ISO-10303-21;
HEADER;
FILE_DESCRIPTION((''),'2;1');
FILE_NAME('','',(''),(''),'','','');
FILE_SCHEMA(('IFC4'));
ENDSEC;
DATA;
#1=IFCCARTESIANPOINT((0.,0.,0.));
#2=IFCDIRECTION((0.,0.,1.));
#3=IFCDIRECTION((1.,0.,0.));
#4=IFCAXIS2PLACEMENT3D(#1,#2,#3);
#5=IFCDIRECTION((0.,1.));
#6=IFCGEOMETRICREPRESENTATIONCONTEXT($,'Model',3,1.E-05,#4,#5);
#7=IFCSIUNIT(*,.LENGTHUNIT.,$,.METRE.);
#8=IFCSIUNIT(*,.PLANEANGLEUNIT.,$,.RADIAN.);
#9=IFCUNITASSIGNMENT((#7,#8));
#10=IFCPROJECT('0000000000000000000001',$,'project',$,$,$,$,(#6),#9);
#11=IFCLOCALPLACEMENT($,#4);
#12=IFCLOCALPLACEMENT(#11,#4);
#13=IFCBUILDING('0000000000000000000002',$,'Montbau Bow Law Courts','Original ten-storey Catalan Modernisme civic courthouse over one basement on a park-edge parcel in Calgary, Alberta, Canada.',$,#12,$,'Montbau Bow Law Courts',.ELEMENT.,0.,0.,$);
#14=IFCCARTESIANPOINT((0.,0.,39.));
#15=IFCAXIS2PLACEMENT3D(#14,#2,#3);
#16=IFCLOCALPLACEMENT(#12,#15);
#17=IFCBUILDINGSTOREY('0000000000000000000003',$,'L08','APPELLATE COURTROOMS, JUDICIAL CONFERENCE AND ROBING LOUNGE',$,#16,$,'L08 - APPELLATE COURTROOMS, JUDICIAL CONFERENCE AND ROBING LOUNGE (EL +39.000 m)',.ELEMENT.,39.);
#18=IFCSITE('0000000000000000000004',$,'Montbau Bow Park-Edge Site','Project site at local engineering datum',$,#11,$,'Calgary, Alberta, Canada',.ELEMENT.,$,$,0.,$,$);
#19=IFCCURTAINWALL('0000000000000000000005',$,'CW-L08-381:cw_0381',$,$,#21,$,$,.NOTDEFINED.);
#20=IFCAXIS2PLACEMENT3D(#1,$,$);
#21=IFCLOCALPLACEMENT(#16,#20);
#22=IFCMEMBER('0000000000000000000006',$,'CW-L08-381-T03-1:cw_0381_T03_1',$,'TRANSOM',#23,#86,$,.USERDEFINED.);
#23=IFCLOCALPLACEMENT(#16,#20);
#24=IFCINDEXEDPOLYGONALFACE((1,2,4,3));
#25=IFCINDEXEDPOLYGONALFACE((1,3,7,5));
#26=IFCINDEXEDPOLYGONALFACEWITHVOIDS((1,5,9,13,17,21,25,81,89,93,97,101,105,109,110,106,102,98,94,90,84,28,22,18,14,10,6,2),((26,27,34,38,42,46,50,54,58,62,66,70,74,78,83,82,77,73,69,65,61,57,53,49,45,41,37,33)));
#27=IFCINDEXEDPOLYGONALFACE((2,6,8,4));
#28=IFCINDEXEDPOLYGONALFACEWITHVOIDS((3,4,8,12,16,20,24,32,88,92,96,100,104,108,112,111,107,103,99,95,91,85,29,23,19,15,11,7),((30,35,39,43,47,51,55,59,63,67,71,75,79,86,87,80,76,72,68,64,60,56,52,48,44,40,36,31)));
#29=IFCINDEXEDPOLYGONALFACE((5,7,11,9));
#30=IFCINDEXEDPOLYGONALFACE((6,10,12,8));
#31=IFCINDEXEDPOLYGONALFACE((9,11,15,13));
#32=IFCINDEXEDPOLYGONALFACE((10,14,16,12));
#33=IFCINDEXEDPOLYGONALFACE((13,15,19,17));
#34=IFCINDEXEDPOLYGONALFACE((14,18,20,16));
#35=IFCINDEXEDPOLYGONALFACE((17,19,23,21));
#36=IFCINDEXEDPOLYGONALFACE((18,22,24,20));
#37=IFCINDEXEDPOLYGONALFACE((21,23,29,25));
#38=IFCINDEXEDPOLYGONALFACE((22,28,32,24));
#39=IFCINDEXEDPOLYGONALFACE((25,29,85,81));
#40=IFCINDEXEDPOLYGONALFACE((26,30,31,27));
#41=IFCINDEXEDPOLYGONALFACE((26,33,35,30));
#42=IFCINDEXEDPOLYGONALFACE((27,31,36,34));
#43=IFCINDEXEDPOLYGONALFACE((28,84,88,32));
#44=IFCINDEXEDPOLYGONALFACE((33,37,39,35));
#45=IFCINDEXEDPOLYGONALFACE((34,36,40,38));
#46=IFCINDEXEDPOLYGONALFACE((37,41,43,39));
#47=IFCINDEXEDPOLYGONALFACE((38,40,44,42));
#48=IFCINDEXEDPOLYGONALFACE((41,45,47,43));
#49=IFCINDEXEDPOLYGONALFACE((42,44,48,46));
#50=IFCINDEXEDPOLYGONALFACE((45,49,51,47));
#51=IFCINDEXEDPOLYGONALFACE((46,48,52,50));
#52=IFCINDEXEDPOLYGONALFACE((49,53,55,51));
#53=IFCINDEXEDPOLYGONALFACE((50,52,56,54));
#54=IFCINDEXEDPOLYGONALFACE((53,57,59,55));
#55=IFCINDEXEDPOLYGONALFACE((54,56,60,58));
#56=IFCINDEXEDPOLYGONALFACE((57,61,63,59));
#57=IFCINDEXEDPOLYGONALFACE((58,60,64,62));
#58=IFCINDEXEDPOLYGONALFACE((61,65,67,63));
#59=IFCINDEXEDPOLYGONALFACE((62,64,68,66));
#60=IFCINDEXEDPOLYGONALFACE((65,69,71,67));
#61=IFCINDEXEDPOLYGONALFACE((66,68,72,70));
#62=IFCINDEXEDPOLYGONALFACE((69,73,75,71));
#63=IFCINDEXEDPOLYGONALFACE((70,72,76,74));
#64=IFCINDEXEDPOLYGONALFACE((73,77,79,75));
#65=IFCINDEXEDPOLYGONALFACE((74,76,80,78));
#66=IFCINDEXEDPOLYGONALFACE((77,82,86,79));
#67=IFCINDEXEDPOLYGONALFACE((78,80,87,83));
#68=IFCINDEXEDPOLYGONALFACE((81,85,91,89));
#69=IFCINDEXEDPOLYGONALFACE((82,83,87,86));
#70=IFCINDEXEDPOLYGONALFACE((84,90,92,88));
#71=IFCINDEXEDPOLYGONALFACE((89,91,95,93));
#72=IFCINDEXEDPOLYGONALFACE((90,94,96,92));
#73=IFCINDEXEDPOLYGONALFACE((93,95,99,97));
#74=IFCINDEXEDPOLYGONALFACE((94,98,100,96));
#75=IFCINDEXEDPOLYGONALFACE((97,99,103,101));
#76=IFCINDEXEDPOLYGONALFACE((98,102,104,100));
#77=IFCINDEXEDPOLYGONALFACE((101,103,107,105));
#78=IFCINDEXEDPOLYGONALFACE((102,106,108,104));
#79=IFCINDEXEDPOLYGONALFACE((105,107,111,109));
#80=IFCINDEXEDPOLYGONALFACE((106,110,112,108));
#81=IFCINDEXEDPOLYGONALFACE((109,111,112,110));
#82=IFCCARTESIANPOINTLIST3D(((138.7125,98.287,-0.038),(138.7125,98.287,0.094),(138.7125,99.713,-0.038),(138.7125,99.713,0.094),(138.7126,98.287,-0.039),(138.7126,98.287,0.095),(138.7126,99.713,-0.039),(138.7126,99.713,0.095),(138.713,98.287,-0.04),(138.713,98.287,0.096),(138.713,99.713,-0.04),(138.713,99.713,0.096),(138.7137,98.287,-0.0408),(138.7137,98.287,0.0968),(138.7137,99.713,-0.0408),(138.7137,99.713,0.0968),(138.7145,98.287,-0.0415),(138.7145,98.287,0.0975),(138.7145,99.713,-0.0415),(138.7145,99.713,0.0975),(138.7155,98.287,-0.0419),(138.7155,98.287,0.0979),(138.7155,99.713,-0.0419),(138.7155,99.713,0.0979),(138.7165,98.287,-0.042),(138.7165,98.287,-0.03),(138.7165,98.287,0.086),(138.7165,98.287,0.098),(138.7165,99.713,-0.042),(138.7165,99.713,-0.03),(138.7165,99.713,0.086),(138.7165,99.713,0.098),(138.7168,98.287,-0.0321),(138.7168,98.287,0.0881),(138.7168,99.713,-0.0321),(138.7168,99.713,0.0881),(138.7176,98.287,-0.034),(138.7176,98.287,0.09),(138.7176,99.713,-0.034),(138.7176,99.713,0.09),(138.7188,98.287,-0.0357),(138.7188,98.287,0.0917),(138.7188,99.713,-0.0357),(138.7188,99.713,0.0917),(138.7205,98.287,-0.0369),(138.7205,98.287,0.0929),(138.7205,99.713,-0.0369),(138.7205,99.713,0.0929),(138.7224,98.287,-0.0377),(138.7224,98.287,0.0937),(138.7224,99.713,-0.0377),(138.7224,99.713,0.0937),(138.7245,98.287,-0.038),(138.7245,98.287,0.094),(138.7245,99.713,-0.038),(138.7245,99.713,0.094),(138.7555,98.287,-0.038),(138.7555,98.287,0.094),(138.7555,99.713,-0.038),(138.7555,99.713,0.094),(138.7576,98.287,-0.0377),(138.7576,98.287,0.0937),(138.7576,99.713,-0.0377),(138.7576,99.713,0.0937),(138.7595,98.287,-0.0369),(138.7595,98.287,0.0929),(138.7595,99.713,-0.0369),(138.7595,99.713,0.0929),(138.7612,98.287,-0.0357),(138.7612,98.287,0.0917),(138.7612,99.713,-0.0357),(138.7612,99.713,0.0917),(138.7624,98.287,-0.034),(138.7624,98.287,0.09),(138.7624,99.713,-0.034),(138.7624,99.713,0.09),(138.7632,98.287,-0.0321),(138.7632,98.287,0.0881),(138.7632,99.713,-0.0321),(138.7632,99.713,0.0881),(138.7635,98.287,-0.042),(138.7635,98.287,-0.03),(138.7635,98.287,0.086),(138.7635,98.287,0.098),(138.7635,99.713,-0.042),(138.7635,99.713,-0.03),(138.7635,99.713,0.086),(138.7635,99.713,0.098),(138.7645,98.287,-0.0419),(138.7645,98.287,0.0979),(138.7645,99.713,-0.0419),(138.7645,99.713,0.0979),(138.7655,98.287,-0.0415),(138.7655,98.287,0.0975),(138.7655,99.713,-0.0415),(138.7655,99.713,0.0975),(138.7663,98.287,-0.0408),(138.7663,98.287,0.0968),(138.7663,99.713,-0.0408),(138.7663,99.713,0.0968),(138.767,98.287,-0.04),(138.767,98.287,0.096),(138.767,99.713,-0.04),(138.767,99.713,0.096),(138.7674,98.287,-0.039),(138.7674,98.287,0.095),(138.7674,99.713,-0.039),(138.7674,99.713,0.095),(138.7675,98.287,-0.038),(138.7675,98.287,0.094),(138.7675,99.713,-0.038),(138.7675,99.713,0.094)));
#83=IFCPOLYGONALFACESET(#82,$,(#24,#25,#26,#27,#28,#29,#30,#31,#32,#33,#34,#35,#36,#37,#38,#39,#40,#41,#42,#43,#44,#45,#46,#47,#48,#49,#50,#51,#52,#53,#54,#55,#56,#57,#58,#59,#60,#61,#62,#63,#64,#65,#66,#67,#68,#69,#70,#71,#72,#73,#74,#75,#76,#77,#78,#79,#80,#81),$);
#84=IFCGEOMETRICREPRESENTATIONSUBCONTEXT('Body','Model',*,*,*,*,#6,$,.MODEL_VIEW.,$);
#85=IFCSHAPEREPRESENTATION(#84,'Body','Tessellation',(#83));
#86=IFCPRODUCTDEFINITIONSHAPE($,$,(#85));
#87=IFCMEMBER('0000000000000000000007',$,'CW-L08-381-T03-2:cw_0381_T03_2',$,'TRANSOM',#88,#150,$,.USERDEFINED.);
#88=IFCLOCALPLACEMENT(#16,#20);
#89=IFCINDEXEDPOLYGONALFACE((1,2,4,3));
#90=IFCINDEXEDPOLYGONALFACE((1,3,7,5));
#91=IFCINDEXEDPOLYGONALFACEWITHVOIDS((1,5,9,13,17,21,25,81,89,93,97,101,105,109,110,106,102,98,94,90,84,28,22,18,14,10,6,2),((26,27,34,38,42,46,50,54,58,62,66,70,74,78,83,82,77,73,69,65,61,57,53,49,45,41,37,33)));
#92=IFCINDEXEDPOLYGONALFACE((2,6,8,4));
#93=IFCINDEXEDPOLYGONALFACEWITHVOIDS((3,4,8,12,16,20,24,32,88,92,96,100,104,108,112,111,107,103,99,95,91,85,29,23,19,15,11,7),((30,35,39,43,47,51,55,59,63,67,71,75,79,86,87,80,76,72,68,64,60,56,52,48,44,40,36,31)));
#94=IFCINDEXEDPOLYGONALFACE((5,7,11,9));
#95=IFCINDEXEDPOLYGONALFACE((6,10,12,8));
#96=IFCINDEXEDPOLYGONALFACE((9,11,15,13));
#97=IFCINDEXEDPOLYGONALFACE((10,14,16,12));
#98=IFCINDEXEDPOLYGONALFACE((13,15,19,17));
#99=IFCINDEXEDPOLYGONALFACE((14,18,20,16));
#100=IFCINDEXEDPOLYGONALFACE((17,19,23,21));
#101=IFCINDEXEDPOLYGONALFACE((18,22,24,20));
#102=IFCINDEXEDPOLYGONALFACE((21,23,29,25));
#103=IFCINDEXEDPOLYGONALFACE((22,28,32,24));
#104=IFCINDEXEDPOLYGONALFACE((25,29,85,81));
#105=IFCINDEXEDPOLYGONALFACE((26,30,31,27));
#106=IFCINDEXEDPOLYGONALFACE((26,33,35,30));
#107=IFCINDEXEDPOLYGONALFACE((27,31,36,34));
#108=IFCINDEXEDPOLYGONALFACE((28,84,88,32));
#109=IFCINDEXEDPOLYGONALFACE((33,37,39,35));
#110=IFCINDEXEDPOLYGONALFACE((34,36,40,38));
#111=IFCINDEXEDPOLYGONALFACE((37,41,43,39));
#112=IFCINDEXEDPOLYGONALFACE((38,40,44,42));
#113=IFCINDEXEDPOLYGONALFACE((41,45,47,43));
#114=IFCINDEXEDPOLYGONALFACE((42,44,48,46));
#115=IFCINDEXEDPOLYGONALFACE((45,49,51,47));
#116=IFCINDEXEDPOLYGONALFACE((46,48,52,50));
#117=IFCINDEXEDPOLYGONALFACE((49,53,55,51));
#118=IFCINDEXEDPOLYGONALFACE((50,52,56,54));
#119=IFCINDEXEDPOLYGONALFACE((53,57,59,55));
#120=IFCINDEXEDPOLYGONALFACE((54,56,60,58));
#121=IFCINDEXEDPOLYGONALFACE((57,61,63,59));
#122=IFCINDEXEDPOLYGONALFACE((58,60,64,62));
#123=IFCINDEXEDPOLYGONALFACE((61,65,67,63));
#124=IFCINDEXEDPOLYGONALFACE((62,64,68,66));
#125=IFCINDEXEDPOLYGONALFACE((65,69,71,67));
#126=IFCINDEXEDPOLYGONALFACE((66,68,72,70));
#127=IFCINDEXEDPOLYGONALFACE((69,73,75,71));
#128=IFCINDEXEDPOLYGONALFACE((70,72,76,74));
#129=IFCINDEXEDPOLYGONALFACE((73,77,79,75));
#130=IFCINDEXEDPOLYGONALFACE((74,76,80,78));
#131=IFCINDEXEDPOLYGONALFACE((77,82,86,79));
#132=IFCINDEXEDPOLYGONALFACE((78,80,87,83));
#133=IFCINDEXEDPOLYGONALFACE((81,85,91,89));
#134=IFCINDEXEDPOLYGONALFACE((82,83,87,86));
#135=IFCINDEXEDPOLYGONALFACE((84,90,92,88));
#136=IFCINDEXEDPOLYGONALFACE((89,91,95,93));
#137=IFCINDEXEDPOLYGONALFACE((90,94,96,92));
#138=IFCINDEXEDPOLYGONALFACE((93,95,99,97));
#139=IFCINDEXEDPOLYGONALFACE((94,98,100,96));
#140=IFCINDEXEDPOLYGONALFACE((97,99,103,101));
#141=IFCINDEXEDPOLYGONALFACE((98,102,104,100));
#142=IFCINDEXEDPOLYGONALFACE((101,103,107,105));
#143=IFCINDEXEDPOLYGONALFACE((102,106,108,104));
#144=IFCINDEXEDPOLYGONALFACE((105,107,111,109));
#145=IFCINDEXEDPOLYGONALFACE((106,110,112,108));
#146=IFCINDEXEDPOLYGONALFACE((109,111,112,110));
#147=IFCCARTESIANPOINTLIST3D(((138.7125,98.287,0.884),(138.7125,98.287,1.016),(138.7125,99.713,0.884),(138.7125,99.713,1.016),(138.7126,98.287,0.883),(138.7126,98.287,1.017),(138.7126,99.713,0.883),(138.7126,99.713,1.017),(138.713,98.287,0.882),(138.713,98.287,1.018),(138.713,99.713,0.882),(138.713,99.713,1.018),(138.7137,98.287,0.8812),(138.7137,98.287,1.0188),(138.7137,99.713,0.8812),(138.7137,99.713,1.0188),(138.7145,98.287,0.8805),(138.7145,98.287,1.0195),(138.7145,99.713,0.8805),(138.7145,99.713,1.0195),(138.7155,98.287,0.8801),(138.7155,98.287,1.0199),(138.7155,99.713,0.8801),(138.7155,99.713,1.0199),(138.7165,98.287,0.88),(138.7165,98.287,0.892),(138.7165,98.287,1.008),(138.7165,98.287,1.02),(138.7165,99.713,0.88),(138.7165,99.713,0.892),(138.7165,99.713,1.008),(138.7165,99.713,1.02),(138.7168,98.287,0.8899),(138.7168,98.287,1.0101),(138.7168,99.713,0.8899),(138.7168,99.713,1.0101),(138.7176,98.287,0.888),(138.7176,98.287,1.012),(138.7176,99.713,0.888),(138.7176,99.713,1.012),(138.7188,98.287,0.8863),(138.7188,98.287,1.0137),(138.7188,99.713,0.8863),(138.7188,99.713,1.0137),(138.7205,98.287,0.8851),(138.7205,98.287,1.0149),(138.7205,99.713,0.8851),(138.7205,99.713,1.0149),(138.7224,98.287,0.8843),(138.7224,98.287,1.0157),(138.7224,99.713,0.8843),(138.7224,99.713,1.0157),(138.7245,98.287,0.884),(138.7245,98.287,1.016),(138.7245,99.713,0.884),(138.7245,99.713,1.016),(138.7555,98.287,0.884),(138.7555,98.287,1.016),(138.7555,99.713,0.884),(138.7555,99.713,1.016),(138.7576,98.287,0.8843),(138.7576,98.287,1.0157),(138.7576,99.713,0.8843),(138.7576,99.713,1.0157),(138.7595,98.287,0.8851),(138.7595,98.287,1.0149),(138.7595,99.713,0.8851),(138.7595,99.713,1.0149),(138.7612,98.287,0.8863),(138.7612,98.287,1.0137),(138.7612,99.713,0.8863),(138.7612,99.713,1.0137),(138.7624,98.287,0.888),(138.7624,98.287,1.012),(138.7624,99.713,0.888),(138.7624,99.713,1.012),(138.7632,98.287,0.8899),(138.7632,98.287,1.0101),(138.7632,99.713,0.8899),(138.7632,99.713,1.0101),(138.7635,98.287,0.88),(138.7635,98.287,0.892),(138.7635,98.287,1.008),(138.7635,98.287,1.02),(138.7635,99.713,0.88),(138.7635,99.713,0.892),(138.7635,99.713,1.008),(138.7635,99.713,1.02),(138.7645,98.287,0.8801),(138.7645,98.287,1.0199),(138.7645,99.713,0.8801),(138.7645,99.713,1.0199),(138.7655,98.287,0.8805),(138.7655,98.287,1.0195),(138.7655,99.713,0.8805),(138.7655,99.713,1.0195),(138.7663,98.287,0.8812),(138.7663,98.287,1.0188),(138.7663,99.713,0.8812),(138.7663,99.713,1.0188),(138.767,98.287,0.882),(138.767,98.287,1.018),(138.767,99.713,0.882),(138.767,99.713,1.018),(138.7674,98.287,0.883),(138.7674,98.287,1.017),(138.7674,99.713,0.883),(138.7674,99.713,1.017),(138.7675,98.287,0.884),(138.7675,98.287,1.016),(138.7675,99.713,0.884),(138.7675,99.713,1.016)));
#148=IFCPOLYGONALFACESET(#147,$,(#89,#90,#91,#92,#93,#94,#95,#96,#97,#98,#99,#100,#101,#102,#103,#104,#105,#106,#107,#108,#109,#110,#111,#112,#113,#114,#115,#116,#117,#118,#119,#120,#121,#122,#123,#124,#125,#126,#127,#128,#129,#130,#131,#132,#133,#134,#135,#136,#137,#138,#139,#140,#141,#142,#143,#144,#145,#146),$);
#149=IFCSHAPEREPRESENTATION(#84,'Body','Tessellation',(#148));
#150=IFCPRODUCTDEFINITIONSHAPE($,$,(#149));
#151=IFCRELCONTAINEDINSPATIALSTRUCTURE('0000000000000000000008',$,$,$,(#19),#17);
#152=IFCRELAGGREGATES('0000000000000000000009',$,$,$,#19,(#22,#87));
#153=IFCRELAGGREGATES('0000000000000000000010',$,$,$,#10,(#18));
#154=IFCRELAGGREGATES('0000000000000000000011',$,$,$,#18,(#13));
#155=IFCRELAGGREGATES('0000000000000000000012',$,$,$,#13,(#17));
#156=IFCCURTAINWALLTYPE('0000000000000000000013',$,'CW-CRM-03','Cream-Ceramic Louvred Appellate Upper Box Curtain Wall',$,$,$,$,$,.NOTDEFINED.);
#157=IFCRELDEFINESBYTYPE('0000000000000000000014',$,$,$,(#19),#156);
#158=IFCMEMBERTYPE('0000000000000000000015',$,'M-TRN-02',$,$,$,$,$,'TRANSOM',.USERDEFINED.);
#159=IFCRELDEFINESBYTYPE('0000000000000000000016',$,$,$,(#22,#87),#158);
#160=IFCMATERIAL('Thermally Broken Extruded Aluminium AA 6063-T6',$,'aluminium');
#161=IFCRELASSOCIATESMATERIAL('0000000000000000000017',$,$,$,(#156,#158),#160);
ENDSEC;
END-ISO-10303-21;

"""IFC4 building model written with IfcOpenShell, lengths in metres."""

from ifc_helpers import new_model, si_unit, direction, frame, origin_with_axes, origin_2d_with_axis, place, context, subcontext, project, spatial, hollow_rectangle, extrude, material, material_profile, profile_set, type_object, element, aggregate, save


model = new_model("IFC4")

# Units and contexts
model_context = context("Model", 3, precision=1e-05, world=origin_with_axes(), true_north=direction((0.0, 1.0)))
body_context = subcontext(model_context, "Body", "Model", "MODEL_VIEW")
ifc_project = project(units=[si_unit("LENGTHUNIT", "METRE"), si_unit("PLANEANGLEUNIT", "RADIAN")], contexts=[model_context])

# Site, building, storey
site_placement = place(None, origin_with_axes())
site = spatial("IfcSite", under=ifc_project, at=site_placement, Name="Montbau Bow Park-Edge Site", Description="Project site at local engineering datum", LongName="Calgary, Alberta, Canada", CompositionType="ELEMENT", RefElevation=0.0)
building_placement = place(site_placement, origin_with_axes())
building = spatial("IfcBuilding", under=site, at=building_placement, Name="Montbau Bow Law Courts", Description="Original ten-storey Catalan Modernisme civic courthouse over one basement on a park-edge parcel in Calgary, Alberta, Canada.", LongName="Montbau Bow Law Courts", CompositionType="ELEMENT", ElevationOfRefHeight=0.0, ElevationOfTerrain=0.0)
storey_placement = place(building_placement, frame((0.0, 0.0, 39.0), z_axis=(0.0, 0.0, 1.0), x_axis=(1.0, 0.0, 0.0)))
storey = spatial("IfcBuildingStorey", under=building, at=storey_placement, Name="L08", Description="APPELLATE COURTROOMS, JUDICIAL CONFERENCE AND ROBING LOUNGE", LongName="L08 - APPELLATE COURTROOMS, JUDICIAL CONFERENCE AND ROBING LOUNGE (EL +39.000 m)", CompositionType="ELEMENT", Elevation=39.0)

# Curtain wall, members
ifc_material_1 = material(Name="Thermally Broken Extruded Aluminium AA 6063-T6", Category="aluminium")
curtain_wall_type = type_object("IfcCurtainWallType", Name="CW-CRM-03", Description="Cream-Ceramic Louvred Appellate Upper Box Curtain Wall", PredefinedType="NOTDEFINED", material=ifc_material_1)
curtain_wall_placement = place(None, frame((138.74, 95.24, 39.0), z_axis=(0.0, 0.0, 1.0), x_axis=(1.0, 0.0, 0.0)))
curtain_wall = element("IfcCurtainWall", 1, at=curtain_wall_placement, inside=storey, type_object=curtain_wall_type, Name="CW-L08-381:cw_0381", PredefinedType="NOTDEFINED")
ifc_material_profile_1 = material_profile(ifc_material_1, hollow_rectangle(XDim=0.055, YDim=0.14, WallThickness=0.004, InnerFilletRadius=0.008, OuterFilletRadius=0.004, at=origin_2d_with_axis()), Name="CWT-140X55", Category="Main", Priority=0)
ifc_profile_set_1 = profile_set([ifc_material_profile_1], Name="Thermally Broken Extruded Aluminium AA 6063-T6")
member_type_1 = type_object("IfcMemberType", Name="M-TRN-02", ElementType="TRANSOM", PredefinedType="USERDEFINED", material=ifc_profile_set_1)
member_1_placement = place(None, frame((138.74, 98.287, 39.028), z_axis=(0.0, 1.0, 0.0), x_axis=(-1.0, 0.0, 0.0)))
member_1 = element("IfcMember", 2, at=member_1_placement, type_object=member_type_1, Name="CW-L08-381-T03-1:cw_0381_T03_1", ObjectType="TRANSOM", PredefinedType="USERDEFINED", context=body_context, shape_type="SweptSolid", body=[
    extrude(hollow_rectangle(XDim=0.055, YDim=0.14, WallThickness=0.004, InnerFilletRadius=0.008, OuterFilletRadius=0.004, at=origin_2d_with_axis()), origin_with_axes(), (0.0, 0.0, 1.0), 1.426),
])
member_2_placement = place(None, frame((138.74, 98.287, 39.95), z_axis=(0.0, 1.0, 0.0), x_axis=(-1.0, 0.0, 0.0)))
member_2 = element("IfcMember", 3, at=member_2_placement, type_object=member_type_1, Name="CW-L08-381-T03-2:cw_0381_T03_2", ObjectType="TRANSOM", PredefinedType="USERDEFINED", context=body_context, shape_type="SweptSolid", body=[
    extrude(hollow_rectangle(XDim=0.055, YDim=0.14, WallThickness=0.004, InnerFilletRadius=0.008, OuterFilletRadius=0.004, at=origin_2d_with_axis()), origin_with_axes(), (0.0, 0.0, 1.0), 1.426),
])
aggregate(curtain_wall, [member_1, member_2])

save(model, "model.ifc")
